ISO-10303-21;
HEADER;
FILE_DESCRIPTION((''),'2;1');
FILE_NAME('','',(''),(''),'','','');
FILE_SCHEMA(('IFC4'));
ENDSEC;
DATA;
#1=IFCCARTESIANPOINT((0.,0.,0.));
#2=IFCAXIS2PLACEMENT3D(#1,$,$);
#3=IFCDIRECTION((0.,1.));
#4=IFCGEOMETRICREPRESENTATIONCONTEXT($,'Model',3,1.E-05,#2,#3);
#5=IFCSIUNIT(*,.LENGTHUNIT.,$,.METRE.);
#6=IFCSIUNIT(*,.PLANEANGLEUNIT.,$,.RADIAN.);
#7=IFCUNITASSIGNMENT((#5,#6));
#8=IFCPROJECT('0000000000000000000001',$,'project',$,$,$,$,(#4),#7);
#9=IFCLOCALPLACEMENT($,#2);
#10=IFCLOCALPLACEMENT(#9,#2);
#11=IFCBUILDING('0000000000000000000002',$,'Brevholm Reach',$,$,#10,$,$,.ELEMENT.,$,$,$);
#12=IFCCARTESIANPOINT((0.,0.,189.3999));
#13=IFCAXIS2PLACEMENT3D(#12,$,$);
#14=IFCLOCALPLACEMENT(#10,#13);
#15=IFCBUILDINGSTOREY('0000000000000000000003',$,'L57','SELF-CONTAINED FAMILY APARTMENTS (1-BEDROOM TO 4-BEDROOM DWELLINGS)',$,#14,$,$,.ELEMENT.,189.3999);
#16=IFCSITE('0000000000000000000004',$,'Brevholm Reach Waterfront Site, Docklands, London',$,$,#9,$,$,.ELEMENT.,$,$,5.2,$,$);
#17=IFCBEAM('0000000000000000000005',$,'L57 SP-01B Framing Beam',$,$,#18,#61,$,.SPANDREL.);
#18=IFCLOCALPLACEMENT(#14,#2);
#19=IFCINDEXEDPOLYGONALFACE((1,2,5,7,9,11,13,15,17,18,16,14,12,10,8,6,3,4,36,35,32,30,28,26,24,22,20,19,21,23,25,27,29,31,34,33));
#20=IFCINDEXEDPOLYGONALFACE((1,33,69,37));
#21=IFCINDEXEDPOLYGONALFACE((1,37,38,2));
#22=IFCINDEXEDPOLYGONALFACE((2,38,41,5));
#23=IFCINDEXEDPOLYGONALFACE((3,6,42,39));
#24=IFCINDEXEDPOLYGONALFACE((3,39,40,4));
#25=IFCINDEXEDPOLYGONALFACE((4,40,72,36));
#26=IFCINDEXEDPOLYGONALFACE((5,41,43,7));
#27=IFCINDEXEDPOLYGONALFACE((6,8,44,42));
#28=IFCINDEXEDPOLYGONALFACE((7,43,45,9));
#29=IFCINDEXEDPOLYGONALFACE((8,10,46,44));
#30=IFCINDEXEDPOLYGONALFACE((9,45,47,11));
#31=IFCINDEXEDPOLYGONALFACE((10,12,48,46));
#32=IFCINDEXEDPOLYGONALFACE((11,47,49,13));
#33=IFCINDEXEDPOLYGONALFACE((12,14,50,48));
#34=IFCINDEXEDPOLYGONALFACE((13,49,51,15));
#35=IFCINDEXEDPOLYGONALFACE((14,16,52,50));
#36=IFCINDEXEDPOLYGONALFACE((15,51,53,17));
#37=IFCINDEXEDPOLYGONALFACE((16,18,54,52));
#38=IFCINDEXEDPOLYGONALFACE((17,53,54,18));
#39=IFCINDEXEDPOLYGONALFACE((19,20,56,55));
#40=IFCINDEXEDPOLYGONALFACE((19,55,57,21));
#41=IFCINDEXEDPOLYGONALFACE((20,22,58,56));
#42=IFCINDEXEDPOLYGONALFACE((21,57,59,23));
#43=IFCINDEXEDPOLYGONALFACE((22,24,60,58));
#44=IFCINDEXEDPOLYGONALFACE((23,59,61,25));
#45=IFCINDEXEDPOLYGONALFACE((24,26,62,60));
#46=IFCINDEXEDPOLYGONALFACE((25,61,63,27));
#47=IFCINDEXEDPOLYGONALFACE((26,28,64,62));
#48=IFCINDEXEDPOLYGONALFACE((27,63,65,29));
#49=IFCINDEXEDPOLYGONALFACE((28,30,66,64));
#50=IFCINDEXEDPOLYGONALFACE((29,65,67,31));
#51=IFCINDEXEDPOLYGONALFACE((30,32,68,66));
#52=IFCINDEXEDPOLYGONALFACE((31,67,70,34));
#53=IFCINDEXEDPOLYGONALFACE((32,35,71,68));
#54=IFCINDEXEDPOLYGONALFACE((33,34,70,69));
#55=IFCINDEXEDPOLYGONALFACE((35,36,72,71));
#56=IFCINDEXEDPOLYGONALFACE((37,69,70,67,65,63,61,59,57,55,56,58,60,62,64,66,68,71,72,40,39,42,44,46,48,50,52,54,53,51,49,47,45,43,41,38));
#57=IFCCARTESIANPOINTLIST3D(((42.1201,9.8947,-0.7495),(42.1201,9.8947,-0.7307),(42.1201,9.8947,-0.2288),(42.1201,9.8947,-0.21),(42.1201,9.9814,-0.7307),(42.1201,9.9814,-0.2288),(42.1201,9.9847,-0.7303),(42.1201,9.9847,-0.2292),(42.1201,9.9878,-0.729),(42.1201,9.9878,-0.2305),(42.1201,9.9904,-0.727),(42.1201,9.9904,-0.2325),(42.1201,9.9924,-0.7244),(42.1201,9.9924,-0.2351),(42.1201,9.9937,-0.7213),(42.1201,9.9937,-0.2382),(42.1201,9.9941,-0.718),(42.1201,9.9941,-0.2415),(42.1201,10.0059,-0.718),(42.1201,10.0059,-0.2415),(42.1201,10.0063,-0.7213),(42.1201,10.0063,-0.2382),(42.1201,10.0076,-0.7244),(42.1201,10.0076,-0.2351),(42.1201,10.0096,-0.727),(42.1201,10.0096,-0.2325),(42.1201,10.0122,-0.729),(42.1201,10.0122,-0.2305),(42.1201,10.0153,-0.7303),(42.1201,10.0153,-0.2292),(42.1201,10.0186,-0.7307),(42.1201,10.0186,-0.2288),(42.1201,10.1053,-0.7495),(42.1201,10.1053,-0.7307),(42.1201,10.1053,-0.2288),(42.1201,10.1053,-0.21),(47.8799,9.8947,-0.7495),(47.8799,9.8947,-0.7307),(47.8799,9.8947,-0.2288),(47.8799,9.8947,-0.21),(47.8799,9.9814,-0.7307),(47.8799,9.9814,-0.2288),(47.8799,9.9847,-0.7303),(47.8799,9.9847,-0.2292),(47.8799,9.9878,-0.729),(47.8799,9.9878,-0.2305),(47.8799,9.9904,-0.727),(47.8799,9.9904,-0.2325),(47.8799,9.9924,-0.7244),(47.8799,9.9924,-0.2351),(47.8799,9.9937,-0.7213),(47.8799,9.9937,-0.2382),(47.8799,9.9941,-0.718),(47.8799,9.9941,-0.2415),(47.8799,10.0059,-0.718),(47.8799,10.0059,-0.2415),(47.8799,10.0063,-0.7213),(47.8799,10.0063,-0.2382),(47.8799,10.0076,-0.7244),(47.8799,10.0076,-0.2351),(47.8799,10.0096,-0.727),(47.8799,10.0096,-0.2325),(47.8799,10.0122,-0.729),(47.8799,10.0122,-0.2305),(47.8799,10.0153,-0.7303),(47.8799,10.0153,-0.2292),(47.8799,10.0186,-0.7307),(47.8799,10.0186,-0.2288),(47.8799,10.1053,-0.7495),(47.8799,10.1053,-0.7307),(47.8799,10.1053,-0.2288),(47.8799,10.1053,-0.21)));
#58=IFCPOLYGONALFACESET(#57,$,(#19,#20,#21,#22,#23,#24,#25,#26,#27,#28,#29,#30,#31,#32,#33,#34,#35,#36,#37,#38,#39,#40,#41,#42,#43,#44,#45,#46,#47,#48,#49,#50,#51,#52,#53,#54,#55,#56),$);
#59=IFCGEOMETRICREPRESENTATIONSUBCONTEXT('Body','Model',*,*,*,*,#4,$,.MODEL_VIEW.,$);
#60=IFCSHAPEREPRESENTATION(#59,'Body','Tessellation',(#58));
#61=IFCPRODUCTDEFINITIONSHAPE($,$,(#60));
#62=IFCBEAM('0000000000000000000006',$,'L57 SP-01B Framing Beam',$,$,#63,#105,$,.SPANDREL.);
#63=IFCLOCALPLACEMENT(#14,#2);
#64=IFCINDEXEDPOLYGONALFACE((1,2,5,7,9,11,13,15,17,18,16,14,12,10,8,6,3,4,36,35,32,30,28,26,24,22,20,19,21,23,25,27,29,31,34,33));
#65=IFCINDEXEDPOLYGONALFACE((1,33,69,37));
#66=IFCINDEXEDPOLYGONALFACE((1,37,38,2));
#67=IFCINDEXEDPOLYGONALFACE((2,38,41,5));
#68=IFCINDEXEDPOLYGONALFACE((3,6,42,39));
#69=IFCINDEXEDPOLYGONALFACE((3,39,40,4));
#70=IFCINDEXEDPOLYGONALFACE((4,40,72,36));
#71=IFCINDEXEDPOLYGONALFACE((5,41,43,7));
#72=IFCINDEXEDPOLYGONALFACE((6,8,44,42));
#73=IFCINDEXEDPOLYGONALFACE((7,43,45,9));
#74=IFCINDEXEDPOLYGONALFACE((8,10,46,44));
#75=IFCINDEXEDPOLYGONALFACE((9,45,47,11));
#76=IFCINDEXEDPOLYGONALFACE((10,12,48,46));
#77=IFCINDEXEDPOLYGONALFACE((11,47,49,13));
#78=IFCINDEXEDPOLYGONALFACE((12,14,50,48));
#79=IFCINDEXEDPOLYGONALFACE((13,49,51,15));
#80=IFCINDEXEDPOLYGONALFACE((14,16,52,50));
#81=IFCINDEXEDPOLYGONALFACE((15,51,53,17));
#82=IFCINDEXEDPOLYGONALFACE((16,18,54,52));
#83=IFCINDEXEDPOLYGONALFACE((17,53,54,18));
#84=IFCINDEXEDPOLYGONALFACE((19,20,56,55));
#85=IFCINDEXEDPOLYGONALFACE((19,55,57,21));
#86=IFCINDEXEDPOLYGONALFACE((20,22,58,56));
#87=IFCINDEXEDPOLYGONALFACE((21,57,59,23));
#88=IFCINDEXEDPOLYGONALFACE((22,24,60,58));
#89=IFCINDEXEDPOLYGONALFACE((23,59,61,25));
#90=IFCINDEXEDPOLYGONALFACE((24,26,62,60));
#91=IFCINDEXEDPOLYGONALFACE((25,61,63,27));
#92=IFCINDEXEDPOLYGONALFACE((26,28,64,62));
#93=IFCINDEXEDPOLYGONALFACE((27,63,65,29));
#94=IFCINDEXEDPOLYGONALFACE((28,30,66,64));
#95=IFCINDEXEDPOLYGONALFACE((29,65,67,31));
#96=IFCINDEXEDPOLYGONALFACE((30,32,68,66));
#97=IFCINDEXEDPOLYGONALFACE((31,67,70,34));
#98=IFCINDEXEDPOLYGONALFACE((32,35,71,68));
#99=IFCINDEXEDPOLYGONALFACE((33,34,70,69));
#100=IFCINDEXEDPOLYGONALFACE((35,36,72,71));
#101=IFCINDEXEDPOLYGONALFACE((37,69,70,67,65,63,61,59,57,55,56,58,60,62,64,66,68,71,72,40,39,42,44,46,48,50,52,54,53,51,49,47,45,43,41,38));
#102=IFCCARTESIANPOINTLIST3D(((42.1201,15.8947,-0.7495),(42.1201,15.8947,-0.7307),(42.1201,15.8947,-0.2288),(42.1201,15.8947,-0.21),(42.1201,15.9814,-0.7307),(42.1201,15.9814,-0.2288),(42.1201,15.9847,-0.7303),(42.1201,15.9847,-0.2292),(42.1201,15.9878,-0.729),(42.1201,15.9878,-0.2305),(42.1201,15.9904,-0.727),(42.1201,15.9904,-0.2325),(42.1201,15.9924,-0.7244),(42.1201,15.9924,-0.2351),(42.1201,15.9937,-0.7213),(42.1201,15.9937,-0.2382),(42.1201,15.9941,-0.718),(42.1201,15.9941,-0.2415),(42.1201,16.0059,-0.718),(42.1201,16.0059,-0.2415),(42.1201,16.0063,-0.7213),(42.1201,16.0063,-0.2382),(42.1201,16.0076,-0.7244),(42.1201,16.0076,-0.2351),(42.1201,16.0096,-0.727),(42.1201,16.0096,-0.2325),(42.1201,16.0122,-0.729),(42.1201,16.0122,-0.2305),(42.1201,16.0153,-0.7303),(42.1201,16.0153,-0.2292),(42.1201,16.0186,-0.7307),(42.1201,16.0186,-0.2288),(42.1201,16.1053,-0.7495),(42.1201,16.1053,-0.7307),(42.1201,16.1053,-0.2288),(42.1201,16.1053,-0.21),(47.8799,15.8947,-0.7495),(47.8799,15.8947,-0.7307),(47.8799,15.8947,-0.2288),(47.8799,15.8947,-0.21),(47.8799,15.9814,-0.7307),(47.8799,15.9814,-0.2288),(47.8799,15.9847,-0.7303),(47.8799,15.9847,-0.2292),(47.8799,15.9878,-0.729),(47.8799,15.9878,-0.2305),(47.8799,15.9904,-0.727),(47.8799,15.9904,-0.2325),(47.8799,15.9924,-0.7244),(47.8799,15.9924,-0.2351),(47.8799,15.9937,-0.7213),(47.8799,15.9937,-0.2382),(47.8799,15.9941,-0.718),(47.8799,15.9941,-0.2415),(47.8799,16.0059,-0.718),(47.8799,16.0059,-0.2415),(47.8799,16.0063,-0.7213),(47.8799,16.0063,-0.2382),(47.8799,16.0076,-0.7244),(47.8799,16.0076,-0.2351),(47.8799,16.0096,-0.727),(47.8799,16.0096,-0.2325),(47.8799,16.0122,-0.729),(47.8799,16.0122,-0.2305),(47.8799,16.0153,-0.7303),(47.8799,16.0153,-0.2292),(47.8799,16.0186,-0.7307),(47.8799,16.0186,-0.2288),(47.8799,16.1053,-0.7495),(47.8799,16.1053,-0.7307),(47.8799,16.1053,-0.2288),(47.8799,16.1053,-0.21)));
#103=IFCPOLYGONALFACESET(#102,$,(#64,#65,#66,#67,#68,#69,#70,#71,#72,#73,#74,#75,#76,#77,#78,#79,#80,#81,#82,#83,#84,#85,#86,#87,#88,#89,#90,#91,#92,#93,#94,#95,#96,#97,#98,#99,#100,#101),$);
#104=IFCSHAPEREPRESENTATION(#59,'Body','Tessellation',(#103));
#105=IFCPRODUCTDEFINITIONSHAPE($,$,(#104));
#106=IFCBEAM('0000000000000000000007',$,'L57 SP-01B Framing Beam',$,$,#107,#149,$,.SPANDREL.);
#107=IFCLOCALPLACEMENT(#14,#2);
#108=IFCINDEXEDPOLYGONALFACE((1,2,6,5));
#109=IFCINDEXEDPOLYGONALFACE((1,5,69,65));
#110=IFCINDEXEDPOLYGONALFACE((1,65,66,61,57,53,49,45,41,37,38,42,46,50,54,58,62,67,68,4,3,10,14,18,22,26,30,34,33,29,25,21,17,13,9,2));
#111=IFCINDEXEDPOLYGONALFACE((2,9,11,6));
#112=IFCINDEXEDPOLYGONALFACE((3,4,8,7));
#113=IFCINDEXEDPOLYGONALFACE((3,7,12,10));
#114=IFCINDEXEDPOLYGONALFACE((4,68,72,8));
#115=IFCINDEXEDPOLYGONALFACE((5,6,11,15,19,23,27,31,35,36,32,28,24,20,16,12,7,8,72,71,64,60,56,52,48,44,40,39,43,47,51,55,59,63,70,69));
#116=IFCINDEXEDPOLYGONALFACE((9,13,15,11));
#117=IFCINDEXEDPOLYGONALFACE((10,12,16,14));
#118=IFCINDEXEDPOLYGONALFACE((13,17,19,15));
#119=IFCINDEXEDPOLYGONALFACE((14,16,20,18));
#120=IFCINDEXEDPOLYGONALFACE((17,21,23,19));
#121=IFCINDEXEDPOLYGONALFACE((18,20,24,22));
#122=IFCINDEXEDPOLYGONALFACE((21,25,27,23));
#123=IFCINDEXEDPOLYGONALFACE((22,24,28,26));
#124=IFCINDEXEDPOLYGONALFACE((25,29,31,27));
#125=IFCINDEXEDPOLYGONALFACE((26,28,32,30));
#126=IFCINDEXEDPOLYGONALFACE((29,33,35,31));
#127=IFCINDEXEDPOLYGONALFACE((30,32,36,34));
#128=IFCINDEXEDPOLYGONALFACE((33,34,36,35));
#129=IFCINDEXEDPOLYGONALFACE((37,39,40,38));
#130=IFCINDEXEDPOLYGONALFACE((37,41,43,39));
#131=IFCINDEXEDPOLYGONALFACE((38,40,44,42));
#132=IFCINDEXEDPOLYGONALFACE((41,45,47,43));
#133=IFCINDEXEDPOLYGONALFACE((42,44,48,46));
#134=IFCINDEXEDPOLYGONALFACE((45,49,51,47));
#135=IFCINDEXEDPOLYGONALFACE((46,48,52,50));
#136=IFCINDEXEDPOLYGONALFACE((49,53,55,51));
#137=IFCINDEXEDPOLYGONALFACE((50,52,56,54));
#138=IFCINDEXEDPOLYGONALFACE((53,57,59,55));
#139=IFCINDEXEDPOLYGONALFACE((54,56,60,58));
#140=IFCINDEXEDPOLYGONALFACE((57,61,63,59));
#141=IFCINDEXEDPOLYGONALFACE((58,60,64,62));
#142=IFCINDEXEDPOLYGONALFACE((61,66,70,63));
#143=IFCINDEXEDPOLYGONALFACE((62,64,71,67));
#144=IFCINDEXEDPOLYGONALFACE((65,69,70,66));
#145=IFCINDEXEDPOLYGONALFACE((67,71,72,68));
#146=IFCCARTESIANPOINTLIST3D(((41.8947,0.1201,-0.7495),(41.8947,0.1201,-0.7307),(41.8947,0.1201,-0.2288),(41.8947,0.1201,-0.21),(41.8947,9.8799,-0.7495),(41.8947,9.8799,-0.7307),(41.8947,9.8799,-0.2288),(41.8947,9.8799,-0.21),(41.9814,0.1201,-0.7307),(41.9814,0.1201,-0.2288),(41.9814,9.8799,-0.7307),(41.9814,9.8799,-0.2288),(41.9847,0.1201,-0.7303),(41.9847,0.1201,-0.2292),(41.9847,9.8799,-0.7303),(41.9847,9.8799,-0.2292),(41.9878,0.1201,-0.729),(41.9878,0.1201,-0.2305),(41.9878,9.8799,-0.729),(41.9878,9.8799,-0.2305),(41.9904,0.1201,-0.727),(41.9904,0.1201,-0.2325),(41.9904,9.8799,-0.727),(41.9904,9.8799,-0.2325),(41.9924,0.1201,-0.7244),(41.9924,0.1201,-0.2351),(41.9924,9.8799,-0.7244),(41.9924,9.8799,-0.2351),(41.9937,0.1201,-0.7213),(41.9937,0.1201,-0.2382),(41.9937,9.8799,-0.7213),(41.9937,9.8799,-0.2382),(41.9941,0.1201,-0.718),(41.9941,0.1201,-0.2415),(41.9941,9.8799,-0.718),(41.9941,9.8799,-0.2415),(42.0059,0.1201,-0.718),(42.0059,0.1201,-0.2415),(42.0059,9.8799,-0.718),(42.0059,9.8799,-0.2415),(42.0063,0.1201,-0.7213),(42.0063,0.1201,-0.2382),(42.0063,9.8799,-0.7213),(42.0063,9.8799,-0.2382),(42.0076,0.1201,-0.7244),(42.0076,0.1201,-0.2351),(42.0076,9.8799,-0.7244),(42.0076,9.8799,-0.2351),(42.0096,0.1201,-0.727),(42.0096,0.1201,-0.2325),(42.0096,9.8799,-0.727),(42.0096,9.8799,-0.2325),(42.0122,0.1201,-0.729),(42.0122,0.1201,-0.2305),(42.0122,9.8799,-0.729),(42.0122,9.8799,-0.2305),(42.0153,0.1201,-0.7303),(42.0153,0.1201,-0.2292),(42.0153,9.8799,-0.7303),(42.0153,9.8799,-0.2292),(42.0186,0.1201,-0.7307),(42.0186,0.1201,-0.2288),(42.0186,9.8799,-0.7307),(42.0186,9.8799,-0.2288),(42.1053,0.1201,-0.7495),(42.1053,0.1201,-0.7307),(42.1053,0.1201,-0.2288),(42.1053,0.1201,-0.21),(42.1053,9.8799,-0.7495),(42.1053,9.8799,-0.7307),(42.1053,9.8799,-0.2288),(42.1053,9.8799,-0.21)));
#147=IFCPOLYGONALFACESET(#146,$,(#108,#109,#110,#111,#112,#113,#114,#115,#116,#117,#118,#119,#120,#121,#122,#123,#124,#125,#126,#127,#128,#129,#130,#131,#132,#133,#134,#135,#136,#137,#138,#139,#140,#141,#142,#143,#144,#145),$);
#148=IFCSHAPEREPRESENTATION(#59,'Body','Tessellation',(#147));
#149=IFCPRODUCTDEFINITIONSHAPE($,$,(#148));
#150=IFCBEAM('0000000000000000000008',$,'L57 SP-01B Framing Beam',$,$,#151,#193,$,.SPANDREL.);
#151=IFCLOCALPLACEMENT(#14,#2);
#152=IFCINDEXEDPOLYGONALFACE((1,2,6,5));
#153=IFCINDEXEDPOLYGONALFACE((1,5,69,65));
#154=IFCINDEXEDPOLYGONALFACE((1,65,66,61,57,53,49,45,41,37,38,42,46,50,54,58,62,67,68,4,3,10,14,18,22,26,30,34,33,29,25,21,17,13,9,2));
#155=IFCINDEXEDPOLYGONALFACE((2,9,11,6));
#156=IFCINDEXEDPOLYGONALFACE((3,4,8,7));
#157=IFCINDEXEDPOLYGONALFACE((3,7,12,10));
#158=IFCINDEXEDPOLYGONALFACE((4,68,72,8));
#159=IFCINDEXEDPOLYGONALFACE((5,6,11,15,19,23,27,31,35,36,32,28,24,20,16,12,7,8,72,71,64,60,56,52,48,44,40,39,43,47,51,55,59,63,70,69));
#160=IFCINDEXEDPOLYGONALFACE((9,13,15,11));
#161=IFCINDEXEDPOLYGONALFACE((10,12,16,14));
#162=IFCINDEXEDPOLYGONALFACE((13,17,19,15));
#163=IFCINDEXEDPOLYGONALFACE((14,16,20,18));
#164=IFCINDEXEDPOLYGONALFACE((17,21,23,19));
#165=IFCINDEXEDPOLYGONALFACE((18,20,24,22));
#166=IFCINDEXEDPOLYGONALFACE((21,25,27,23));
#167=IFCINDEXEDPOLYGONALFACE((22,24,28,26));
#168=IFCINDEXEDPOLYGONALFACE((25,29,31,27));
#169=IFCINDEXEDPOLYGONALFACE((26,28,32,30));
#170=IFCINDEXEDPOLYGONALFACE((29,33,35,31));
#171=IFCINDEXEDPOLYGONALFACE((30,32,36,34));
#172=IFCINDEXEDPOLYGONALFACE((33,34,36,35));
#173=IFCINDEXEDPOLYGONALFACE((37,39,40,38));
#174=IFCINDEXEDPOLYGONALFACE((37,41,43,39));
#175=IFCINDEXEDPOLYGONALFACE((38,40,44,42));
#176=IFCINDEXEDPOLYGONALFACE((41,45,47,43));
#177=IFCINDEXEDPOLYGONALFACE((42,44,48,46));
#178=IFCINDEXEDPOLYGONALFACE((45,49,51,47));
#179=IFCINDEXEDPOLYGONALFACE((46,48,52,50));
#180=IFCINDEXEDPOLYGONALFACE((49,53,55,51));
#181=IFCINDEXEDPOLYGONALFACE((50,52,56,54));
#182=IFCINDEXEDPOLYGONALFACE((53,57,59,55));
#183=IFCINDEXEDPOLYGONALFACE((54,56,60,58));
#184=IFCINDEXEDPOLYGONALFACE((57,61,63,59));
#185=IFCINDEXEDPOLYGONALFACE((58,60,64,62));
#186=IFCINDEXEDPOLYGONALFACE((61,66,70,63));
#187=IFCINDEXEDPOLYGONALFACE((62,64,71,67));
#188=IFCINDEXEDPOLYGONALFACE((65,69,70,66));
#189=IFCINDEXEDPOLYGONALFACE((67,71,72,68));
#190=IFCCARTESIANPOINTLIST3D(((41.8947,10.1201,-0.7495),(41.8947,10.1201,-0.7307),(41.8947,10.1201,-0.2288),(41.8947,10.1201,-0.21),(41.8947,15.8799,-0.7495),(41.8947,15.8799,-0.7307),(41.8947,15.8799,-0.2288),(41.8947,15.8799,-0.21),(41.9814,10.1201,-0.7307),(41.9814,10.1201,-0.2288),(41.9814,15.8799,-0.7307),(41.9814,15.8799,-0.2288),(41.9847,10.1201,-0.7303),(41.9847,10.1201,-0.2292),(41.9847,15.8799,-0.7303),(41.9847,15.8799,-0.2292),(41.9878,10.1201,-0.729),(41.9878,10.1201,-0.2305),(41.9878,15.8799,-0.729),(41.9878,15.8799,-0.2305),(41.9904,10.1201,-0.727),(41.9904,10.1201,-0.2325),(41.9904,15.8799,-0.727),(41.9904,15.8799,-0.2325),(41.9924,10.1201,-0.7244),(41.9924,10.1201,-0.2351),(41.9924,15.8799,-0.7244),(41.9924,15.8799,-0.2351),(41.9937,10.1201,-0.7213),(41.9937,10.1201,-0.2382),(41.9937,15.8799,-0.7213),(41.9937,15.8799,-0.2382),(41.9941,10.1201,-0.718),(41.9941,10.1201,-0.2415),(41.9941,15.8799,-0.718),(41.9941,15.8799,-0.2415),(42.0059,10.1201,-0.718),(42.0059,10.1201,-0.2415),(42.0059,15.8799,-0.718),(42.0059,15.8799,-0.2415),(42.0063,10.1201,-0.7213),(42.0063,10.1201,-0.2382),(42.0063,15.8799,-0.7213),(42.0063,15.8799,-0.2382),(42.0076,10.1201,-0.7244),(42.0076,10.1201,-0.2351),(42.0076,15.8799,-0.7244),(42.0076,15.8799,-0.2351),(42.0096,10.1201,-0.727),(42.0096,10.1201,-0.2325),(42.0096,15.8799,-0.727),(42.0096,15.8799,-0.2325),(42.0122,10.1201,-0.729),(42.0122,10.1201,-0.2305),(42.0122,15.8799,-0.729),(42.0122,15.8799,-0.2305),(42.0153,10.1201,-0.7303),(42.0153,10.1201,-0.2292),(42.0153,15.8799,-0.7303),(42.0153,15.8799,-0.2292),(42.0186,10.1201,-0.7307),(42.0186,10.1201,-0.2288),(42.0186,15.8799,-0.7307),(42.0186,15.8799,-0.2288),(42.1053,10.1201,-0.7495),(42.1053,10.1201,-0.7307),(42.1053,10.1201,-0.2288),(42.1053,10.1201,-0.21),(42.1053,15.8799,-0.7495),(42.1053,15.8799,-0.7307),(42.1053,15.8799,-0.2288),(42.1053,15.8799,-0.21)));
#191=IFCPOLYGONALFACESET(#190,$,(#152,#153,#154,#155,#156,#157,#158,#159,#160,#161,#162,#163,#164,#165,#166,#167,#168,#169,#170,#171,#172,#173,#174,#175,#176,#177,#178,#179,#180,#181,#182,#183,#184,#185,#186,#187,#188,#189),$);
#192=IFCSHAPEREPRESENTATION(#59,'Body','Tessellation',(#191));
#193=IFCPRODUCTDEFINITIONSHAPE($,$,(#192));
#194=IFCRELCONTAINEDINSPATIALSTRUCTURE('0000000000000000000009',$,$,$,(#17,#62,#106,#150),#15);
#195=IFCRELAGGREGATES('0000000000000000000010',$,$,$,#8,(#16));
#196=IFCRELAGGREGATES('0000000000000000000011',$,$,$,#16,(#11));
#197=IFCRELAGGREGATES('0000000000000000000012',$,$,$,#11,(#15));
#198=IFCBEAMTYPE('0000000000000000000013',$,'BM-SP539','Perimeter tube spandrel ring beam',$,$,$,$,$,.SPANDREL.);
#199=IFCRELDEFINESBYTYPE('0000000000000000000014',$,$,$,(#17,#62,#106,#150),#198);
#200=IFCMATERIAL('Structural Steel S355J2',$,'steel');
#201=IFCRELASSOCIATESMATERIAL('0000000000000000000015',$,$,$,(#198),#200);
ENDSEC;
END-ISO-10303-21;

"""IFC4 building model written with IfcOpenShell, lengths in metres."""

from ifc_helpers import new_model, si_unit, direction, frame, origin, origin_2d, place, context, subcontext, project, spatial, i_section, extrude, material, material_profile, profile_set, type_object, element, save


model = new_model("IFC4")

# Units and contexts
model_context = context("Model", 3, precision=1e-05, world=origin(), true_north=direction((0.0, 1.0)))
body_context = subcontext(model_context, "Body", "Model", "MODEL_VIEW")
ifc_project = project(units=[si_unit("LENGTHUNIT", "METRE"), si_unit("PLANEANGLEUNIT", "RADIAN")], contexts=[model_context])

# Site, building, storey
site_placement = place(None, origin())
site = spatial("IfcSite", under=ifc_project, at=site_placement, Name="Brevholm Reach Waterfront Site, Docklands, London", CompositionType="ELEMENT", RefElevation=5.2)
building_placement = place(site_placement, origin())
building = spatial("IfcBuilding", under=site, at=building_placement, Name="Brevholm Reach", CompositionType="ELEMENT")
storey_placement = place(building_placement, frame((0.0, 0.0, 189.3999)))
storey = spatial("IfcBuildingStorey", under=building, at=storey_placement, Name="L57", Description="SELF-CONTAINED FAMILY APARTMENTS (1-BEDROOM TO 4-BEDROOM DWELLINGS)", CompositionType="ELEMENT", Elevation=189.3999)

# Beams
ifc_material_1 = material(Name="Structural Steel S355J2", Category="steel")
ifc_material_profile_1 = material_profile(ifc_material_1, i_section(OverallWidth=0.2107, OverallDepth=0.5396, WebThickness=0.0117, FlangeThickness=0.0188, FilletRadius=0.0127, at=origin_2d()), Name="UKB 533x210x109")
ifc_profile_set_1 = profile_set([ifc_material_profile_1], Name="Structural Steel S355J2")
beam_type_1 = type_object("IfcBeamType", Name="BM-SP539", Description="Perimeter tube spandrel ring beam", PredefinedType="SPANDREL", material=ifc_profile_set_1)
for number, where, z_axis, x_axis, name in (
    (1, (42.1201, 10.0, -0.4797), (1.0, 0.0, 0.0), (0.0, 1.0, 0.0), "L57 SP-01B Framing Beam"),
    (2, (42.1201, 16.0, -0.4797), (1.0, 0.0, 0.0), (0.0, 1.0, 0.0), "L57 SP-01B Framing Beam"),
):
    element("IfcBeam", number, at=place(storey_placement, frame(where, z_axis=z_axis, x_axis=x_axis)), inside=storey, type_object=beam_type_1, Name=name, PredefinedType="SPANDREL", context=body_context, shape_type="SweptSolid", body=[
        extrude(i_section(OverallWidth=0.2107, OverallDepth=0.5396, WebThickness=0.0117, FlangeThickness=0.0188, FilletRadius=0.0127, at=origin_2d()), origin(), (0.0, 0.0, 1.0), 5.7598),
    ])
beam_1_placement = place(storey_placement, frame((42.0, 0.1201, -0.4797), z_axis=(0.0, 1.0, 0.0), x_axis=(-1.0, 0.0, 0.0)))
element("IfcBeam", 3, at=beam_1_placement, inside=storey, type_object=beam_type_1, Name="L57 SP-01B Framing Beam", PredefinedType="SPANDREL", context=body_context, shape_type="SweptSolid", body=[
    extrude(i_section(OverallWidth=0.2107, OverallDepth=0.5396, WebThickness=0.0117, FlangeThickness=0.0188, FilletRadius=0.0127, at=origin_2d()), origin(), (0.0, 0.0, 1.0), 9.7598),
])
beam_2_placement = place(storey_placement, frame((42.0, 10.1201, -0.4797), z_axis=(0.0, 1.0, 0.0), x_axis=(-1.0, 0.0, 0.0)))
element("IfcBeam", 4, at=beam_2_placement, inside=storey, type_object=beam_type_1, Name="L57 SP-01B Framing Beam", PredefinedType="SPANDREL", context=body_context, shape_type="SweptSolid", body=[
    extrude(i_section(OverallWidth=0.2107, OverallDepth=0.5396, WebThickness=0.0117, FlangeThickness=0.0188, FilletRadius=0.0127, at=origin_2d()), origin(), (0.0, 0.0, 1.0), 5.7598),
])

save(model, "model.ifc")
